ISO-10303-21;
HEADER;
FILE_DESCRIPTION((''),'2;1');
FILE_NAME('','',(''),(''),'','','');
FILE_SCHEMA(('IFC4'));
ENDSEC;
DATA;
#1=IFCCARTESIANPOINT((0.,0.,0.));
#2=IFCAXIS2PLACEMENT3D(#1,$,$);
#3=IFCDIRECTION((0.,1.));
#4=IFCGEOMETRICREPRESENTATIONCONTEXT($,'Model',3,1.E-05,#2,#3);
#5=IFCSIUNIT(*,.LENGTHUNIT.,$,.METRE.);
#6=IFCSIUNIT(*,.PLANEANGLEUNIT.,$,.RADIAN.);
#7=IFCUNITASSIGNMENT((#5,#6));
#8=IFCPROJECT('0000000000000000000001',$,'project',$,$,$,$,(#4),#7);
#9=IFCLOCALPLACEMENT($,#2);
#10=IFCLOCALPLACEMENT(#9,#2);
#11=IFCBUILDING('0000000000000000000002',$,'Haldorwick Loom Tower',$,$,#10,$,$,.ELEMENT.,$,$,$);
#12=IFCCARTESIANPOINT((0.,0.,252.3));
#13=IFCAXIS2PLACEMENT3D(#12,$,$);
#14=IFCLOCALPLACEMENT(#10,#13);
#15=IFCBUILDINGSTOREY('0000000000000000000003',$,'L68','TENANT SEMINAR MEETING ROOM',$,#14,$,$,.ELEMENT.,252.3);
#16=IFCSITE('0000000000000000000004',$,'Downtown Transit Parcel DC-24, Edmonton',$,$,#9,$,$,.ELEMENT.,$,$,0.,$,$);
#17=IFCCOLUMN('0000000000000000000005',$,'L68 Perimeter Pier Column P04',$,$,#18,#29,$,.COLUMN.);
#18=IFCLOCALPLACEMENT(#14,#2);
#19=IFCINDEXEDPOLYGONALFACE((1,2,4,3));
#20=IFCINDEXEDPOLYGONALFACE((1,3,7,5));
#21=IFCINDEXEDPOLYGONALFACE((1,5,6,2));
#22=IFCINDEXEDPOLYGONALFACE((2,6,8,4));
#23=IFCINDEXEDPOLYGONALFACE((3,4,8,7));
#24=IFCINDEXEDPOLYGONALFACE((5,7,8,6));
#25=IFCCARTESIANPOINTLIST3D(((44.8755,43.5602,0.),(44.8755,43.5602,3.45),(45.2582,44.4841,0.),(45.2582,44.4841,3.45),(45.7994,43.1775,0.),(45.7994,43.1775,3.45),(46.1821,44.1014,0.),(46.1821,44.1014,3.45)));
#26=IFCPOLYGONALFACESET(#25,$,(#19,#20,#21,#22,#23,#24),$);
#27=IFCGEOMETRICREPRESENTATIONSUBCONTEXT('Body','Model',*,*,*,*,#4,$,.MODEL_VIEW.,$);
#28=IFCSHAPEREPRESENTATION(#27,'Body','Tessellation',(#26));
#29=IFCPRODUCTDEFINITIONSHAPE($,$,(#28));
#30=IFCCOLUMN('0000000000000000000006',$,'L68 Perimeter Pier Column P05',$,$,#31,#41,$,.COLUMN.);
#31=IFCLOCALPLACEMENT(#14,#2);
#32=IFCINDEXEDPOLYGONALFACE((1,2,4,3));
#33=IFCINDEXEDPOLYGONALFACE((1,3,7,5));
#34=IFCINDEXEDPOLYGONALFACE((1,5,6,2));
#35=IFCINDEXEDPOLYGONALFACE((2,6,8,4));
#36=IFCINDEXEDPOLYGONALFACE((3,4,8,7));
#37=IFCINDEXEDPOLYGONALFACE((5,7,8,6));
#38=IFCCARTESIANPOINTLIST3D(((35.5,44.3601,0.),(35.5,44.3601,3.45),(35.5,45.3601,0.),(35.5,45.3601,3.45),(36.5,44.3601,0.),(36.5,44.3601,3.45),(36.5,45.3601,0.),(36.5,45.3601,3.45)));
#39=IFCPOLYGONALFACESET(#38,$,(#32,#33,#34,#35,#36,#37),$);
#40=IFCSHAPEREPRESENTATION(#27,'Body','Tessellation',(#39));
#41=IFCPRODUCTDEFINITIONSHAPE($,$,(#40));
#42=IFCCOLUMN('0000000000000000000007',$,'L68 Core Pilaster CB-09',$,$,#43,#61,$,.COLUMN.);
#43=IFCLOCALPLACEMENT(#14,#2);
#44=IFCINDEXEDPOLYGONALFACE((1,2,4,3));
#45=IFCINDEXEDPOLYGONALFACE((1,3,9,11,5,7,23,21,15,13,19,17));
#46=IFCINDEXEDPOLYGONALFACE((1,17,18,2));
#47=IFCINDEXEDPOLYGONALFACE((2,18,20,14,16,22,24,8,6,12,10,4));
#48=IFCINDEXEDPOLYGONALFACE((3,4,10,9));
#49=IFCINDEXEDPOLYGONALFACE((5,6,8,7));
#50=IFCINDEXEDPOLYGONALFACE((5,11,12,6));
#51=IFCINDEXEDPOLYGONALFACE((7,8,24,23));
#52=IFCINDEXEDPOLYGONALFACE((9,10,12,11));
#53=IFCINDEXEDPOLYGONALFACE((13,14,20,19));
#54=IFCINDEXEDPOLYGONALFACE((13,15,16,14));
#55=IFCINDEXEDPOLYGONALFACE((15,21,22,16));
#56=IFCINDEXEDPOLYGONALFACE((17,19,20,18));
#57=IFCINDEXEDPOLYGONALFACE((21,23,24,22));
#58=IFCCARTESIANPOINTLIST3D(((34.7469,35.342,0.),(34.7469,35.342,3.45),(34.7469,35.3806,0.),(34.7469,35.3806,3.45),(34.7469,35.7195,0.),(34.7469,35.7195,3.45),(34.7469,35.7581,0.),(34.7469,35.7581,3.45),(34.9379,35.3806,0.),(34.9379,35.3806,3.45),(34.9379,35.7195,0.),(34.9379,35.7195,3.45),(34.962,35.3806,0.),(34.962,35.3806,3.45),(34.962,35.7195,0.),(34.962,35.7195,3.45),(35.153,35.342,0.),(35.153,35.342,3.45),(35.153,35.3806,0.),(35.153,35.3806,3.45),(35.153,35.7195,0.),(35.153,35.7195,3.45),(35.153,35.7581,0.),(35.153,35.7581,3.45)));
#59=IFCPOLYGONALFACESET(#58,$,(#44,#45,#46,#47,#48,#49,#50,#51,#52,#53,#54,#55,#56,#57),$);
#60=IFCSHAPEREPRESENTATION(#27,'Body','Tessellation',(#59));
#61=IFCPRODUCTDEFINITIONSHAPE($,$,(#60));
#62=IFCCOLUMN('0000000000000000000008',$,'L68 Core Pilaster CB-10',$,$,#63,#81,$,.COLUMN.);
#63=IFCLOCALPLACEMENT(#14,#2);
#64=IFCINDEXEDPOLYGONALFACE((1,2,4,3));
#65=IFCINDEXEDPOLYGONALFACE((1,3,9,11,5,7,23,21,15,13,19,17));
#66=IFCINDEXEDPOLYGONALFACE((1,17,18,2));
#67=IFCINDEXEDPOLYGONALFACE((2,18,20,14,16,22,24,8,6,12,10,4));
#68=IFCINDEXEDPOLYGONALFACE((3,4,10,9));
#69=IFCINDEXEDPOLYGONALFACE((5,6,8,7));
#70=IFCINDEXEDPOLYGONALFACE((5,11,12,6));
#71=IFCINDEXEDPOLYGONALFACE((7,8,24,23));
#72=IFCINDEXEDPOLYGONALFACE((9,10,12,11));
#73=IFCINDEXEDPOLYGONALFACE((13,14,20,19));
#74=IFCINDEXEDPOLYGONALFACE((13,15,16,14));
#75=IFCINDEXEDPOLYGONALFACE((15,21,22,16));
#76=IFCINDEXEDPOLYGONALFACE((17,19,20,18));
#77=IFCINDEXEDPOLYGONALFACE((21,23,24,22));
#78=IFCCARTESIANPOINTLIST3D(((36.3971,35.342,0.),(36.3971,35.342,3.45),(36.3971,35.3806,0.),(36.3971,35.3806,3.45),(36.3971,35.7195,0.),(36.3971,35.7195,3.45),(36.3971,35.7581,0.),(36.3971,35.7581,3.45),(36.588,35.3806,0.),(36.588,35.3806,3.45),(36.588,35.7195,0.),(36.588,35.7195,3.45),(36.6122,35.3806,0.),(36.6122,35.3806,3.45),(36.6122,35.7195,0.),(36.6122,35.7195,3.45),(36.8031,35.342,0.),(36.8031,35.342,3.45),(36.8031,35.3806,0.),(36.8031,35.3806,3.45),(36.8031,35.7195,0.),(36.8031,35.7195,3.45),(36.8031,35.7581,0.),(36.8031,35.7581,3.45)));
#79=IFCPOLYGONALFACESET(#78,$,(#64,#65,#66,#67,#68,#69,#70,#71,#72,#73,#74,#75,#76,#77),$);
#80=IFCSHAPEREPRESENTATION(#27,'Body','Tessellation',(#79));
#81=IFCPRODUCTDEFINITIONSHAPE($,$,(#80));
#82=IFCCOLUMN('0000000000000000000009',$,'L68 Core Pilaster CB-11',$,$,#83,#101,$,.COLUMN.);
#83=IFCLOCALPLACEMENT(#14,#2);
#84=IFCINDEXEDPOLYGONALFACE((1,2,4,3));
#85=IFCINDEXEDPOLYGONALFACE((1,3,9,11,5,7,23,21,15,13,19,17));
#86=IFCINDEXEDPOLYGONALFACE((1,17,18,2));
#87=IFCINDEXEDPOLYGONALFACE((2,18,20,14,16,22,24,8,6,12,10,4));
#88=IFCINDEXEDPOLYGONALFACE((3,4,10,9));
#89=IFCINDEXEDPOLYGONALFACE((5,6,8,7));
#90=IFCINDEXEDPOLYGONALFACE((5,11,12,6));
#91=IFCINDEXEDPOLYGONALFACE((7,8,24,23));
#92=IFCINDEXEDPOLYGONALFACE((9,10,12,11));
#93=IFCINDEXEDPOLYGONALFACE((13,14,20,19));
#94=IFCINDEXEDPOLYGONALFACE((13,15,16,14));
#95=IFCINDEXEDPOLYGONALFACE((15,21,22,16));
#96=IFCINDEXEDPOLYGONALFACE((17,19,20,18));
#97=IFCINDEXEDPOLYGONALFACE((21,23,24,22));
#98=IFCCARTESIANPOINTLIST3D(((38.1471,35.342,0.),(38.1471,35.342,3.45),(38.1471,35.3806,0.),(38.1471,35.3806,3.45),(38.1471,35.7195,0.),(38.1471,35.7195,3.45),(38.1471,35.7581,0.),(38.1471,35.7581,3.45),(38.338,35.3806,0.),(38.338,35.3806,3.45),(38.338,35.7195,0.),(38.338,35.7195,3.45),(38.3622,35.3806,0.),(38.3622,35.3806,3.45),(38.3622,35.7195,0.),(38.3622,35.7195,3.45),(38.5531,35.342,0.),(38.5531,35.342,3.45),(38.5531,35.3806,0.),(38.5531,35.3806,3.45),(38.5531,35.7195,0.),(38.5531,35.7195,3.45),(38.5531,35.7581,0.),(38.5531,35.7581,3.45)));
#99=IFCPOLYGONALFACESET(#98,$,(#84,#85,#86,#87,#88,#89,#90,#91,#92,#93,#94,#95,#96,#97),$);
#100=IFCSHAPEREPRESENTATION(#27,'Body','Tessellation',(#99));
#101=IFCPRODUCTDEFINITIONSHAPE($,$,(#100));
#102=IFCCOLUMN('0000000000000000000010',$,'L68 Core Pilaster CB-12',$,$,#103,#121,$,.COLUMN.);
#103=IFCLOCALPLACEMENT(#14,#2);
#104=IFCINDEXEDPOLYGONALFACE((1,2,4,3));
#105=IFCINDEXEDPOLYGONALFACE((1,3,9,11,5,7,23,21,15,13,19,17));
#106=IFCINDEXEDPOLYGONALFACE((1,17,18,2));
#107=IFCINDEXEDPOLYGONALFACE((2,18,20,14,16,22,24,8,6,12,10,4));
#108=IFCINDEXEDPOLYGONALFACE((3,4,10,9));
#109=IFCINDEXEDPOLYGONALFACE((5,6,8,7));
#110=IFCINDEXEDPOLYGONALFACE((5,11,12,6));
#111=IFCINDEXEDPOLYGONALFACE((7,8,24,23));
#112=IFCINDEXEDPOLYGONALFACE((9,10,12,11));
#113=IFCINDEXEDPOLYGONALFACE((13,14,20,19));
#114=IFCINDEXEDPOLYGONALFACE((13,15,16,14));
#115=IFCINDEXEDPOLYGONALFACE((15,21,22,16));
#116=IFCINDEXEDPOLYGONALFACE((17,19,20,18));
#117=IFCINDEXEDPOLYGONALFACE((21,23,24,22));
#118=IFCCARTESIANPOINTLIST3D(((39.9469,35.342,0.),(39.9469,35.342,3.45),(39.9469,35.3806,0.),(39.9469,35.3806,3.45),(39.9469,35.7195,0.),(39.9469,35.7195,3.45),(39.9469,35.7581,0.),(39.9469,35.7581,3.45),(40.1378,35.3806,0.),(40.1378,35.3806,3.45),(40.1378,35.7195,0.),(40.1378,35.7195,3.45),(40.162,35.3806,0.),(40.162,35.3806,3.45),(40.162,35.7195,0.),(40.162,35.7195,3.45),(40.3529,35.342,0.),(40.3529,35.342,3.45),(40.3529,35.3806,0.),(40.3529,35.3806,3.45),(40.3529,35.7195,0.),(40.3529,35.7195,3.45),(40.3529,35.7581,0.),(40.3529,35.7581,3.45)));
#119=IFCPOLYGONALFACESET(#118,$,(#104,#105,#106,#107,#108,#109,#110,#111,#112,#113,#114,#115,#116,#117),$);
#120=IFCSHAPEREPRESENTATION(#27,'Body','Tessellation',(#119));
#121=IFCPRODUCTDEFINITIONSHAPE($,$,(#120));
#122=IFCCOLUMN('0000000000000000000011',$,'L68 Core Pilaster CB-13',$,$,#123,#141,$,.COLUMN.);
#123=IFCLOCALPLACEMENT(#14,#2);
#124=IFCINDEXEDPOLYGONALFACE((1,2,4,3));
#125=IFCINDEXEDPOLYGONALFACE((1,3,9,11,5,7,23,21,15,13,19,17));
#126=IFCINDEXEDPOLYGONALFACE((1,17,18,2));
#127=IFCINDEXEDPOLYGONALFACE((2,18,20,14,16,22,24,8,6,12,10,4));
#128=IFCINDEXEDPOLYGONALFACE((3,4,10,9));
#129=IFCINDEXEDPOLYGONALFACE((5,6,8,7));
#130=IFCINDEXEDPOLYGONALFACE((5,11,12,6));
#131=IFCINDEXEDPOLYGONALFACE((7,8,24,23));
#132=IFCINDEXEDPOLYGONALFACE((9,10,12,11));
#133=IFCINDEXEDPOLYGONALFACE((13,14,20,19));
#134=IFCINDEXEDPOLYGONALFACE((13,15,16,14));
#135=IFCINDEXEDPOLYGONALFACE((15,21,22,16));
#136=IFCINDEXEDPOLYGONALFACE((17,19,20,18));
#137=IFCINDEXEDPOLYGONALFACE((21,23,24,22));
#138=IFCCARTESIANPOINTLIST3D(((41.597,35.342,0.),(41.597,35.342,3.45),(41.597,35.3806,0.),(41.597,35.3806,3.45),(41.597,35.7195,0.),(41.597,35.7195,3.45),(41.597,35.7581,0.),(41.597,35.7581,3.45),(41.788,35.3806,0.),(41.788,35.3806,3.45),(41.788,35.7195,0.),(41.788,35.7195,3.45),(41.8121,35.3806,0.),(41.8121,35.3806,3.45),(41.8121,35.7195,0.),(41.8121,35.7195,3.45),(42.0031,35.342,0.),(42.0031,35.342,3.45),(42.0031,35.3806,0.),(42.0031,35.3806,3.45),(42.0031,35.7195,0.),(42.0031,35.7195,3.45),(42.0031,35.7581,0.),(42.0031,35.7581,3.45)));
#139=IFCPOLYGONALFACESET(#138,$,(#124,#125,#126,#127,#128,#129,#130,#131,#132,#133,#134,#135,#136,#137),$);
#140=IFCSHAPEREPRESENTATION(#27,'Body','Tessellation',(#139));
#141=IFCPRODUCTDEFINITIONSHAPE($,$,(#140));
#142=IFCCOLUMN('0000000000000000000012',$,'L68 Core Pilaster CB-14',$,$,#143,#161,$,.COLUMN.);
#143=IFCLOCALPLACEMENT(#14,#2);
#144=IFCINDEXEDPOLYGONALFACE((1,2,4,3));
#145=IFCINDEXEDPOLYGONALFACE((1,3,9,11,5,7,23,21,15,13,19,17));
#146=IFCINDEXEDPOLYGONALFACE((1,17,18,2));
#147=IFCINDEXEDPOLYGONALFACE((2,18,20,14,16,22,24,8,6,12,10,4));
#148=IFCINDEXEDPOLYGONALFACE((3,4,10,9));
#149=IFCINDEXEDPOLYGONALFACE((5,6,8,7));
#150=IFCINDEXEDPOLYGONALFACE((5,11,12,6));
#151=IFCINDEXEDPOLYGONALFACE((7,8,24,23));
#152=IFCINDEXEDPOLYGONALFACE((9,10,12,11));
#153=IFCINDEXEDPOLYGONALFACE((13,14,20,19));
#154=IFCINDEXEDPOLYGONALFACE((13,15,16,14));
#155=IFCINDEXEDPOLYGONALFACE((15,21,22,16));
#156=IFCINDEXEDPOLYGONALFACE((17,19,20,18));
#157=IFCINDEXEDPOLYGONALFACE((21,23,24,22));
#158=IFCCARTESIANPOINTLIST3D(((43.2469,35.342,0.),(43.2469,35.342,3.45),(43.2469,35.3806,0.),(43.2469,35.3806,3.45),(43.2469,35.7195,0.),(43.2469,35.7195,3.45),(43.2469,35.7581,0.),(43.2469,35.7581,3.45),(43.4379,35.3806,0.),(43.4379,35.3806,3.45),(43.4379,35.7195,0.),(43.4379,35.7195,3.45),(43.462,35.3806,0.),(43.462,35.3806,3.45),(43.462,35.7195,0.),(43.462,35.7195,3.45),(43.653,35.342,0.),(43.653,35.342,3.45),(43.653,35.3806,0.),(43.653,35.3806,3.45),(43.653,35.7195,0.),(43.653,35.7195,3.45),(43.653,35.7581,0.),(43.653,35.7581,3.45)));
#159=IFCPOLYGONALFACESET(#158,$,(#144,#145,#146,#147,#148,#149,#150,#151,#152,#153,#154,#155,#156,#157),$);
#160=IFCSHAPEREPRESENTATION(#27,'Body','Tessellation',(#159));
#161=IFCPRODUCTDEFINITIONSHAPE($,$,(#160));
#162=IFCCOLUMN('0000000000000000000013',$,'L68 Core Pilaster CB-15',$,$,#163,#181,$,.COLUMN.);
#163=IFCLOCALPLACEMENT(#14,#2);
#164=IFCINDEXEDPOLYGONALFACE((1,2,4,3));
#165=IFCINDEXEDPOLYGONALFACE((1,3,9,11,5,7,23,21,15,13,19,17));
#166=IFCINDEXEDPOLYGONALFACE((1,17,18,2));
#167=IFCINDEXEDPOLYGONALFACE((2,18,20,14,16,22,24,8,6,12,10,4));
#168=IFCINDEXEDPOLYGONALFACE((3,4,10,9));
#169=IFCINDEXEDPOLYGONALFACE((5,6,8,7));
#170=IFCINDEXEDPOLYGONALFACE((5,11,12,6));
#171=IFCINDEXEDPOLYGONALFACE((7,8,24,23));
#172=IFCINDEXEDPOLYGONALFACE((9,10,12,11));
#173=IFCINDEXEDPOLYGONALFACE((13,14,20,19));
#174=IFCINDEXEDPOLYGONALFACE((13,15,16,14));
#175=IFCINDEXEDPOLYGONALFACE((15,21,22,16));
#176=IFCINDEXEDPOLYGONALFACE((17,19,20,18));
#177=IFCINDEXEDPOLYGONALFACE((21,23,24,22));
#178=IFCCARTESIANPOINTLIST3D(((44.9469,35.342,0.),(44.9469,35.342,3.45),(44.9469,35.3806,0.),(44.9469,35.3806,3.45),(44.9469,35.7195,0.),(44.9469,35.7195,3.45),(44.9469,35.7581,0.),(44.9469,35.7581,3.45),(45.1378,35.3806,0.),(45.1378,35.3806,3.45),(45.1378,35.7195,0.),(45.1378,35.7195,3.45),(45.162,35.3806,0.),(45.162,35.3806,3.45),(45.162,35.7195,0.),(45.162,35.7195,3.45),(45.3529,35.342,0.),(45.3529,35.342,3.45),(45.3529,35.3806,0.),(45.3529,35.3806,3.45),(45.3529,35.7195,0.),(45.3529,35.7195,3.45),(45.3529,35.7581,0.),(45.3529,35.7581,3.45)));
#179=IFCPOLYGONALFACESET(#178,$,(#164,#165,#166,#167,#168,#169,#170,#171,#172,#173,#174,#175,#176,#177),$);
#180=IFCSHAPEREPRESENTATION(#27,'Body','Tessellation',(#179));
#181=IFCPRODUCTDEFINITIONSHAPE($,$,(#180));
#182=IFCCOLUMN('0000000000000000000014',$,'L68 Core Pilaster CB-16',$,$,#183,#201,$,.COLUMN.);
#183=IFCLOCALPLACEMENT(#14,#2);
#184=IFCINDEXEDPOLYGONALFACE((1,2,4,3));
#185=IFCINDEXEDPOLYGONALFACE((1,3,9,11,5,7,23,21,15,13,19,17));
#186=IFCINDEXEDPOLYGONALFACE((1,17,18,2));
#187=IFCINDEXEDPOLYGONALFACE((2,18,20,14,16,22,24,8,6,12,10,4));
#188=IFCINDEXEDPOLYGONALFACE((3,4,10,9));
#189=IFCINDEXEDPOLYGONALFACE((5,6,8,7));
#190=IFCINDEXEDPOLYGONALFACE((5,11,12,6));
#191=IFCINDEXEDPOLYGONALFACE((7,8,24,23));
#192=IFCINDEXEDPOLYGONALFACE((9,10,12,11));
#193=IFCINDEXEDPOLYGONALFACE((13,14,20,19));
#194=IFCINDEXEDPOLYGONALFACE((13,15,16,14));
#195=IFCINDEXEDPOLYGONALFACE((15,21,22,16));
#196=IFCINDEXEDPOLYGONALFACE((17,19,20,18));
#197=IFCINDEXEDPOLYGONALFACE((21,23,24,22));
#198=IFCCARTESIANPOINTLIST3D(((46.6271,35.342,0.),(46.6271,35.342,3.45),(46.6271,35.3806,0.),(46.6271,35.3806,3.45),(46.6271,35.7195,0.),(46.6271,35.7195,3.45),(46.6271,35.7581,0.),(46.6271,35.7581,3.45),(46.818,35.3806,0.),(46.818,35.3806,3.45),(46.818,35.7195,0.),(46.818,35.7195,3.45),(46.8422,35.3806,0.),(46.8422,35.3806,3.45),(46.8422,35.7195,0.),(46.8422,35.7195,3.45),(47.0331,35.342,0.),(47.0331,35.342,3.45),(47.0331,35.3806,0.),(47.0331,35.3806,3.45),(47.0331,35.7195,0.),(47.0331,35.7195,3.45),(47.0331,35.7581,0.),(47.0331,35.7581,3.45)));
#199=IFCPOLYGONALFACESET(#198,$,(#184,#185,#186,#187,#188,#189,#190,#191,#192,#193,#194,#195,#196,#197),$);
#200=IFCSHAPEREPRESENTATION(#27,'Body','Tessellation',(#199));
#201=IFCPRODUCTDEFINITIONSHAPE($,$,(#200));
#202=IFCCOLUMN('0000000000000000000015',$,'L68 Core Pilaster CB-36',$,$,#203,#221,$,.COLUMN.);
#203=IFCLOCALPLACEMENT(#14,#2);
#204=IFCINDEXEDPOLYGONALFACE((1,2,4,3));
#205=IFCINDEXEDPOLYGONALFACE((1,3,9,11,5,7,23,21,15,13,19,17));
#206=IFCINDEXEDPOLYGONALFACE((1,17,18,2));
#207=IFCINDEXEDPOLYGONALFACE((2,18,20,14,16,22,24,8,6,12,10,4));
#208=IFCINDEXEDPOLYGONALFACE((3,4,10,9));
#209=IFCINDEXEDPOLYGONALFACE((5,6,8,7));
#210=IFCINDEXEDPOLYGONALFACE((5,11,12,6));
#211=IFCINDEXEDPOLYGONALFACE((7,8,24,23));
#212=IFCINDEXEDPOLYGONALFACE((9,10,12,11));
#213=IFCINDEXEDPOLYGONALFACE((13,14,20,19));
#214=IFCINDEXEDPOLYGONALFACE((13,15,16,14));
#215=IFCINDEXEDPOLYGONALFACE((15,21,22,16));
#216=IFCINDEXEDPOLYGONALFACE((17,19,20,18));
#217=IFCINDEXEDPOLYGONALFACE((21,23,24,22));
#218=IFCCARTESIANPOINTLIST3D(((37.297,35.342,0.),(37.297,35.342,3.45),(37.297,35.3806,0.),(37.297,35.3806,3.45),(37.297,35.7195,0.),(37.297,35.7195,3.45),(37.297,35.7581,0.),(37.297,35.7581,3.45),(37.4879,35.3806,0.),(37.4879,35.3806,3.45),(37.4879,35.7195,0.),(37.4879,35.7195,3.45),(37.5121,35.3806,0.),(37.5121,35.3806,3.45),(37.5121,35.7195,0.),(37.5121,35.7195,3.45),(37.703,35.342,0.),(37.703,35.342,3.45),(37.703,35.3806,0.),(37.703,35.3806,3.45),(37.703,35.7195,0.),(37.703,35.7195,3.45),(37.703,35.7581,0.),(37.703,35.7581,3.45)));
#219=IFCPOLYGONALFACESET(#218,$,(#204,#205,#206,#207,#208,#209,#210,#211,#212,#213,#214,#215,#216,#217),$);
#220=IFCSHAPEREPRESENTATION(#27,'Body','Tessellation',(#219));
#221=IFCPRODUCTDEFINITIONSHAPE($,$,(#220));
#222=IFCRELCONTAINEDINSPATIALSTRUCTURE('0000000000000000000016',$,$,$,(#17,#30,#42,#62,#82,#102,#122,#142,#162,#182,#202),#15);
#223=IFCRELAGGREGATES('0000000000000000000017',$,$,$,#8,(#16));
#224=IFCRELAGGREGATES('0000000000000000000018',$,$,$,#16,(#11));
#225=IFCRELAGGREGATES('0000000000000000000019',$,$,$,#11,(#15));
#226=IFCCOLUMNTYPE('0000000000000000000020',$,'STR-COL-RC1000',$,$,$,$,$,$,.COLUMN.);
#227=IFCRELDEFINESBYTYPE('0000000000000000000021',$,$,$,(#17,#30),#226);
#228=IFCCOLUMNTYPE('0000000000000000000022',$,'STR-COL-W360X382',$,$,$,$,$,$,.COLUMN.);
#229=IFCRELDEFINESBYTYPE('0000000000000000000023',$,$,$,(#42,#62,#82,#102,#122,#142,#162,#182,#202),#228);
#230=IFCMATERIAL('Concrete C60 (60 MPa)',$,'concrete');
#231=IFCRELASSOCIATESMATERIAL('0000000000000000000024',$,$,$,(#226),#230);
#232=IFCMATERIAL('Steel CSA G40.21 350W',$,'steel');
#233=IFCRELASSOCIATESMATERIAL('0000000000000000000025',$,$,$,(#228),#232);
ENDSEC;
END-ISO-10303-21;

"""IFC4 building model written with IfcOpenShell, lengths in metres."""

from ifc_helpers import new_model, si_unit, direction, frame, origin, origin_2d, place, context, subcontext, project, spatial, rectangle, i_section, extrude, material, material_profile, profile_set, type_object, element, save


model = new_model("IFC4")

# Units and contexts
model_context = context("Model", 3, precision=1e-05, world=origin(), true_north=direction((0.0, 1.0)))
body_context = subcontext(model_context, "Body", "Model", "MODEL_VIEW")
ifc_project = project(units=[si_unit("LENGTHUNIT", "METRE"), si_unit("PLANEANGLEUNIT", "RADIAN")], contexts=[model_context])

# Site, building, storey
site_placement = place(None, origin())
site = spatial("IfcSite", under=ifc_project, at=site_placement, Name="Downtown Transit Parcel DC-24, Edmonton", CompositionType="ELEMENT", RefElevation=0.0)
building_placement = place(site_placement, origin())
building = spatial("IfcBuilding", under=site, at=building_placement, Name="Haldorwick Loom Tower", CompositionType="ELEMENT")
storey_placement = place(building_placement, frame((0.0, 0.0, 252.3)))
storey = spatial("IfcBuildingStorey", under=building, at=storey_placement, Name="L68", Description="TENANT SEMINAR MEETING ROOM", CompositionType="ELEMENT", Elevation=252.3)

# Columns
ifc_material_1 = material(Name="Concrete C60 (60 MPa)", Category="concrete")
ifc_material_profile_1 = material_profile(ifc_material_1, rectangle(XDim=1.0, YDim=1.0, at=origin_2d()), Name="RC1000X1000", Category="concrete")
ifc_profile_set_1 = profile_set([ifc_material_profile_1], Name="Concrete C60 (60 MPa)")
column_type_1 = type_object("IfcColumnType", Name="STR-COL-RC1000", PredefinedType="COLUMN", material=ifc_profile_set_1)
for number, where, z_axis, x_axis, name in (
    (1, (45.5288, 43.8308, 0.0), (0.0, 0.0, 1.0), (0.382683, 0.92388, 0.0), "L68 Perimeter Pier Column P04"),
    (2, (36.0, 44.8601, 0.0), (0.0, 0.0, 1.0), (0.0, 1.0, 0.0), "L68 Perimeter Pier Column P05"),
):
    element("IfcColumn", number, at=place(storey_placement, frame(where, z_axis=z_axis, x_axis=x_axis)), inside=storey, type_object=column_type_1, Name=name, PredefinedType="COLUMN", context=body_context, shape_type="SweptSolid", body=[
        extrude(rectangle(XDim=1.0, YDim=1.0, at=origin_2d()), origin(), (0.0, 0.0, 1.0), 3.45),
    ])
ifc_material_2 = material(Name="Steel CSA G40.21 350W", Category="steel")
ifc_material_profile_2 = material_profile(ifc_material_2, i_section(OverallWidth=0.406, OverallDepth=0.416, WebThickness=0.0242, FlangeThickness=0.0386, at=origin_2d()), Name="W360X382", Category="steel")
ifc_profile_set_2 = profile_set([ifc_material_profile_2], Name="Steel CSA G40.21 350W")
column_type_2 = type_object("IfcColumnType", Name="STR-COL-W360X382", PredefinedType="COLUMN", material=ifc_profile_set_2)
for number, where, z_axis, x_axis, name in (
    (3, (34.95, 35.55, 0.0), (0.0, 0.0, 1.0), (1.0, 0.0, 0.0), "L68 Core Pilaster CB-09"),
    (4, (36.6001, 35.55, 0.0), (0.0, 0.0, 1.0), (1.0, 0.0, 0.0), "L68 Core Pilaster CB-10"),
    (5, (38.3501, 35.55, 0.0), (0.0, 0.0, 1.0), (1.0, 0.0, 0.0), "L68 Core Pilaster CB-11"),
    (6, (40.1499, 35.55, 0.0), (0.0, 0.0, 1.0), (1.0, 0.0, 0.0), "L68 Core Pilaster CB-12"),
    (7, (41.8, 35.55, 0.0), (0.0, 0.0, 1.0), (1.0, 0.0, 0.0), "L68 Core Pilaster CB-13"),
    (8, (43.45, 35.55, 0.0), (0.0, 0.0, 1.0), (1.0, 0.0, 0.0), "L68 Core Pilaster CB-14"),
    (9, (45.1499, 35.55, 0.0), (0.0, 0.0, 1.0), (1.0, 0.0, 0.0), "L68 Core Pilaster CB-15"),
    (10, (46.8301, 35.55, 0.0), (0.0, 0.0, 1.0), (1.0, 0.0, 0.0), "L68 Core Pilaster CB-16"),
    (11, (37.5, 35.55, 0.0), (0.0, 0.0, 1.0), (1.0, 0.0, 0.0), "L68 Core Pilaster CB-36"),
):
    element("IfcColumn", number, at=place(storey_placement, frame(where, z_axis=z_axis, x_axis=x_axis)), inside=storey, type_object=column_type_2, Name=name, PredefinedType="COLUMN", context=body_context, shape_type="SweptSolid", body=[
        extrude(i_section(OverallWidth=0.406, OverallDepth=0.416, WebThickness=0.0242, FlangeThickness=0.0386, at=origin_2d()), origin(), (0.0, 0.0, 1.0), 3.45),
    ])

save(model, "model.ifc")
